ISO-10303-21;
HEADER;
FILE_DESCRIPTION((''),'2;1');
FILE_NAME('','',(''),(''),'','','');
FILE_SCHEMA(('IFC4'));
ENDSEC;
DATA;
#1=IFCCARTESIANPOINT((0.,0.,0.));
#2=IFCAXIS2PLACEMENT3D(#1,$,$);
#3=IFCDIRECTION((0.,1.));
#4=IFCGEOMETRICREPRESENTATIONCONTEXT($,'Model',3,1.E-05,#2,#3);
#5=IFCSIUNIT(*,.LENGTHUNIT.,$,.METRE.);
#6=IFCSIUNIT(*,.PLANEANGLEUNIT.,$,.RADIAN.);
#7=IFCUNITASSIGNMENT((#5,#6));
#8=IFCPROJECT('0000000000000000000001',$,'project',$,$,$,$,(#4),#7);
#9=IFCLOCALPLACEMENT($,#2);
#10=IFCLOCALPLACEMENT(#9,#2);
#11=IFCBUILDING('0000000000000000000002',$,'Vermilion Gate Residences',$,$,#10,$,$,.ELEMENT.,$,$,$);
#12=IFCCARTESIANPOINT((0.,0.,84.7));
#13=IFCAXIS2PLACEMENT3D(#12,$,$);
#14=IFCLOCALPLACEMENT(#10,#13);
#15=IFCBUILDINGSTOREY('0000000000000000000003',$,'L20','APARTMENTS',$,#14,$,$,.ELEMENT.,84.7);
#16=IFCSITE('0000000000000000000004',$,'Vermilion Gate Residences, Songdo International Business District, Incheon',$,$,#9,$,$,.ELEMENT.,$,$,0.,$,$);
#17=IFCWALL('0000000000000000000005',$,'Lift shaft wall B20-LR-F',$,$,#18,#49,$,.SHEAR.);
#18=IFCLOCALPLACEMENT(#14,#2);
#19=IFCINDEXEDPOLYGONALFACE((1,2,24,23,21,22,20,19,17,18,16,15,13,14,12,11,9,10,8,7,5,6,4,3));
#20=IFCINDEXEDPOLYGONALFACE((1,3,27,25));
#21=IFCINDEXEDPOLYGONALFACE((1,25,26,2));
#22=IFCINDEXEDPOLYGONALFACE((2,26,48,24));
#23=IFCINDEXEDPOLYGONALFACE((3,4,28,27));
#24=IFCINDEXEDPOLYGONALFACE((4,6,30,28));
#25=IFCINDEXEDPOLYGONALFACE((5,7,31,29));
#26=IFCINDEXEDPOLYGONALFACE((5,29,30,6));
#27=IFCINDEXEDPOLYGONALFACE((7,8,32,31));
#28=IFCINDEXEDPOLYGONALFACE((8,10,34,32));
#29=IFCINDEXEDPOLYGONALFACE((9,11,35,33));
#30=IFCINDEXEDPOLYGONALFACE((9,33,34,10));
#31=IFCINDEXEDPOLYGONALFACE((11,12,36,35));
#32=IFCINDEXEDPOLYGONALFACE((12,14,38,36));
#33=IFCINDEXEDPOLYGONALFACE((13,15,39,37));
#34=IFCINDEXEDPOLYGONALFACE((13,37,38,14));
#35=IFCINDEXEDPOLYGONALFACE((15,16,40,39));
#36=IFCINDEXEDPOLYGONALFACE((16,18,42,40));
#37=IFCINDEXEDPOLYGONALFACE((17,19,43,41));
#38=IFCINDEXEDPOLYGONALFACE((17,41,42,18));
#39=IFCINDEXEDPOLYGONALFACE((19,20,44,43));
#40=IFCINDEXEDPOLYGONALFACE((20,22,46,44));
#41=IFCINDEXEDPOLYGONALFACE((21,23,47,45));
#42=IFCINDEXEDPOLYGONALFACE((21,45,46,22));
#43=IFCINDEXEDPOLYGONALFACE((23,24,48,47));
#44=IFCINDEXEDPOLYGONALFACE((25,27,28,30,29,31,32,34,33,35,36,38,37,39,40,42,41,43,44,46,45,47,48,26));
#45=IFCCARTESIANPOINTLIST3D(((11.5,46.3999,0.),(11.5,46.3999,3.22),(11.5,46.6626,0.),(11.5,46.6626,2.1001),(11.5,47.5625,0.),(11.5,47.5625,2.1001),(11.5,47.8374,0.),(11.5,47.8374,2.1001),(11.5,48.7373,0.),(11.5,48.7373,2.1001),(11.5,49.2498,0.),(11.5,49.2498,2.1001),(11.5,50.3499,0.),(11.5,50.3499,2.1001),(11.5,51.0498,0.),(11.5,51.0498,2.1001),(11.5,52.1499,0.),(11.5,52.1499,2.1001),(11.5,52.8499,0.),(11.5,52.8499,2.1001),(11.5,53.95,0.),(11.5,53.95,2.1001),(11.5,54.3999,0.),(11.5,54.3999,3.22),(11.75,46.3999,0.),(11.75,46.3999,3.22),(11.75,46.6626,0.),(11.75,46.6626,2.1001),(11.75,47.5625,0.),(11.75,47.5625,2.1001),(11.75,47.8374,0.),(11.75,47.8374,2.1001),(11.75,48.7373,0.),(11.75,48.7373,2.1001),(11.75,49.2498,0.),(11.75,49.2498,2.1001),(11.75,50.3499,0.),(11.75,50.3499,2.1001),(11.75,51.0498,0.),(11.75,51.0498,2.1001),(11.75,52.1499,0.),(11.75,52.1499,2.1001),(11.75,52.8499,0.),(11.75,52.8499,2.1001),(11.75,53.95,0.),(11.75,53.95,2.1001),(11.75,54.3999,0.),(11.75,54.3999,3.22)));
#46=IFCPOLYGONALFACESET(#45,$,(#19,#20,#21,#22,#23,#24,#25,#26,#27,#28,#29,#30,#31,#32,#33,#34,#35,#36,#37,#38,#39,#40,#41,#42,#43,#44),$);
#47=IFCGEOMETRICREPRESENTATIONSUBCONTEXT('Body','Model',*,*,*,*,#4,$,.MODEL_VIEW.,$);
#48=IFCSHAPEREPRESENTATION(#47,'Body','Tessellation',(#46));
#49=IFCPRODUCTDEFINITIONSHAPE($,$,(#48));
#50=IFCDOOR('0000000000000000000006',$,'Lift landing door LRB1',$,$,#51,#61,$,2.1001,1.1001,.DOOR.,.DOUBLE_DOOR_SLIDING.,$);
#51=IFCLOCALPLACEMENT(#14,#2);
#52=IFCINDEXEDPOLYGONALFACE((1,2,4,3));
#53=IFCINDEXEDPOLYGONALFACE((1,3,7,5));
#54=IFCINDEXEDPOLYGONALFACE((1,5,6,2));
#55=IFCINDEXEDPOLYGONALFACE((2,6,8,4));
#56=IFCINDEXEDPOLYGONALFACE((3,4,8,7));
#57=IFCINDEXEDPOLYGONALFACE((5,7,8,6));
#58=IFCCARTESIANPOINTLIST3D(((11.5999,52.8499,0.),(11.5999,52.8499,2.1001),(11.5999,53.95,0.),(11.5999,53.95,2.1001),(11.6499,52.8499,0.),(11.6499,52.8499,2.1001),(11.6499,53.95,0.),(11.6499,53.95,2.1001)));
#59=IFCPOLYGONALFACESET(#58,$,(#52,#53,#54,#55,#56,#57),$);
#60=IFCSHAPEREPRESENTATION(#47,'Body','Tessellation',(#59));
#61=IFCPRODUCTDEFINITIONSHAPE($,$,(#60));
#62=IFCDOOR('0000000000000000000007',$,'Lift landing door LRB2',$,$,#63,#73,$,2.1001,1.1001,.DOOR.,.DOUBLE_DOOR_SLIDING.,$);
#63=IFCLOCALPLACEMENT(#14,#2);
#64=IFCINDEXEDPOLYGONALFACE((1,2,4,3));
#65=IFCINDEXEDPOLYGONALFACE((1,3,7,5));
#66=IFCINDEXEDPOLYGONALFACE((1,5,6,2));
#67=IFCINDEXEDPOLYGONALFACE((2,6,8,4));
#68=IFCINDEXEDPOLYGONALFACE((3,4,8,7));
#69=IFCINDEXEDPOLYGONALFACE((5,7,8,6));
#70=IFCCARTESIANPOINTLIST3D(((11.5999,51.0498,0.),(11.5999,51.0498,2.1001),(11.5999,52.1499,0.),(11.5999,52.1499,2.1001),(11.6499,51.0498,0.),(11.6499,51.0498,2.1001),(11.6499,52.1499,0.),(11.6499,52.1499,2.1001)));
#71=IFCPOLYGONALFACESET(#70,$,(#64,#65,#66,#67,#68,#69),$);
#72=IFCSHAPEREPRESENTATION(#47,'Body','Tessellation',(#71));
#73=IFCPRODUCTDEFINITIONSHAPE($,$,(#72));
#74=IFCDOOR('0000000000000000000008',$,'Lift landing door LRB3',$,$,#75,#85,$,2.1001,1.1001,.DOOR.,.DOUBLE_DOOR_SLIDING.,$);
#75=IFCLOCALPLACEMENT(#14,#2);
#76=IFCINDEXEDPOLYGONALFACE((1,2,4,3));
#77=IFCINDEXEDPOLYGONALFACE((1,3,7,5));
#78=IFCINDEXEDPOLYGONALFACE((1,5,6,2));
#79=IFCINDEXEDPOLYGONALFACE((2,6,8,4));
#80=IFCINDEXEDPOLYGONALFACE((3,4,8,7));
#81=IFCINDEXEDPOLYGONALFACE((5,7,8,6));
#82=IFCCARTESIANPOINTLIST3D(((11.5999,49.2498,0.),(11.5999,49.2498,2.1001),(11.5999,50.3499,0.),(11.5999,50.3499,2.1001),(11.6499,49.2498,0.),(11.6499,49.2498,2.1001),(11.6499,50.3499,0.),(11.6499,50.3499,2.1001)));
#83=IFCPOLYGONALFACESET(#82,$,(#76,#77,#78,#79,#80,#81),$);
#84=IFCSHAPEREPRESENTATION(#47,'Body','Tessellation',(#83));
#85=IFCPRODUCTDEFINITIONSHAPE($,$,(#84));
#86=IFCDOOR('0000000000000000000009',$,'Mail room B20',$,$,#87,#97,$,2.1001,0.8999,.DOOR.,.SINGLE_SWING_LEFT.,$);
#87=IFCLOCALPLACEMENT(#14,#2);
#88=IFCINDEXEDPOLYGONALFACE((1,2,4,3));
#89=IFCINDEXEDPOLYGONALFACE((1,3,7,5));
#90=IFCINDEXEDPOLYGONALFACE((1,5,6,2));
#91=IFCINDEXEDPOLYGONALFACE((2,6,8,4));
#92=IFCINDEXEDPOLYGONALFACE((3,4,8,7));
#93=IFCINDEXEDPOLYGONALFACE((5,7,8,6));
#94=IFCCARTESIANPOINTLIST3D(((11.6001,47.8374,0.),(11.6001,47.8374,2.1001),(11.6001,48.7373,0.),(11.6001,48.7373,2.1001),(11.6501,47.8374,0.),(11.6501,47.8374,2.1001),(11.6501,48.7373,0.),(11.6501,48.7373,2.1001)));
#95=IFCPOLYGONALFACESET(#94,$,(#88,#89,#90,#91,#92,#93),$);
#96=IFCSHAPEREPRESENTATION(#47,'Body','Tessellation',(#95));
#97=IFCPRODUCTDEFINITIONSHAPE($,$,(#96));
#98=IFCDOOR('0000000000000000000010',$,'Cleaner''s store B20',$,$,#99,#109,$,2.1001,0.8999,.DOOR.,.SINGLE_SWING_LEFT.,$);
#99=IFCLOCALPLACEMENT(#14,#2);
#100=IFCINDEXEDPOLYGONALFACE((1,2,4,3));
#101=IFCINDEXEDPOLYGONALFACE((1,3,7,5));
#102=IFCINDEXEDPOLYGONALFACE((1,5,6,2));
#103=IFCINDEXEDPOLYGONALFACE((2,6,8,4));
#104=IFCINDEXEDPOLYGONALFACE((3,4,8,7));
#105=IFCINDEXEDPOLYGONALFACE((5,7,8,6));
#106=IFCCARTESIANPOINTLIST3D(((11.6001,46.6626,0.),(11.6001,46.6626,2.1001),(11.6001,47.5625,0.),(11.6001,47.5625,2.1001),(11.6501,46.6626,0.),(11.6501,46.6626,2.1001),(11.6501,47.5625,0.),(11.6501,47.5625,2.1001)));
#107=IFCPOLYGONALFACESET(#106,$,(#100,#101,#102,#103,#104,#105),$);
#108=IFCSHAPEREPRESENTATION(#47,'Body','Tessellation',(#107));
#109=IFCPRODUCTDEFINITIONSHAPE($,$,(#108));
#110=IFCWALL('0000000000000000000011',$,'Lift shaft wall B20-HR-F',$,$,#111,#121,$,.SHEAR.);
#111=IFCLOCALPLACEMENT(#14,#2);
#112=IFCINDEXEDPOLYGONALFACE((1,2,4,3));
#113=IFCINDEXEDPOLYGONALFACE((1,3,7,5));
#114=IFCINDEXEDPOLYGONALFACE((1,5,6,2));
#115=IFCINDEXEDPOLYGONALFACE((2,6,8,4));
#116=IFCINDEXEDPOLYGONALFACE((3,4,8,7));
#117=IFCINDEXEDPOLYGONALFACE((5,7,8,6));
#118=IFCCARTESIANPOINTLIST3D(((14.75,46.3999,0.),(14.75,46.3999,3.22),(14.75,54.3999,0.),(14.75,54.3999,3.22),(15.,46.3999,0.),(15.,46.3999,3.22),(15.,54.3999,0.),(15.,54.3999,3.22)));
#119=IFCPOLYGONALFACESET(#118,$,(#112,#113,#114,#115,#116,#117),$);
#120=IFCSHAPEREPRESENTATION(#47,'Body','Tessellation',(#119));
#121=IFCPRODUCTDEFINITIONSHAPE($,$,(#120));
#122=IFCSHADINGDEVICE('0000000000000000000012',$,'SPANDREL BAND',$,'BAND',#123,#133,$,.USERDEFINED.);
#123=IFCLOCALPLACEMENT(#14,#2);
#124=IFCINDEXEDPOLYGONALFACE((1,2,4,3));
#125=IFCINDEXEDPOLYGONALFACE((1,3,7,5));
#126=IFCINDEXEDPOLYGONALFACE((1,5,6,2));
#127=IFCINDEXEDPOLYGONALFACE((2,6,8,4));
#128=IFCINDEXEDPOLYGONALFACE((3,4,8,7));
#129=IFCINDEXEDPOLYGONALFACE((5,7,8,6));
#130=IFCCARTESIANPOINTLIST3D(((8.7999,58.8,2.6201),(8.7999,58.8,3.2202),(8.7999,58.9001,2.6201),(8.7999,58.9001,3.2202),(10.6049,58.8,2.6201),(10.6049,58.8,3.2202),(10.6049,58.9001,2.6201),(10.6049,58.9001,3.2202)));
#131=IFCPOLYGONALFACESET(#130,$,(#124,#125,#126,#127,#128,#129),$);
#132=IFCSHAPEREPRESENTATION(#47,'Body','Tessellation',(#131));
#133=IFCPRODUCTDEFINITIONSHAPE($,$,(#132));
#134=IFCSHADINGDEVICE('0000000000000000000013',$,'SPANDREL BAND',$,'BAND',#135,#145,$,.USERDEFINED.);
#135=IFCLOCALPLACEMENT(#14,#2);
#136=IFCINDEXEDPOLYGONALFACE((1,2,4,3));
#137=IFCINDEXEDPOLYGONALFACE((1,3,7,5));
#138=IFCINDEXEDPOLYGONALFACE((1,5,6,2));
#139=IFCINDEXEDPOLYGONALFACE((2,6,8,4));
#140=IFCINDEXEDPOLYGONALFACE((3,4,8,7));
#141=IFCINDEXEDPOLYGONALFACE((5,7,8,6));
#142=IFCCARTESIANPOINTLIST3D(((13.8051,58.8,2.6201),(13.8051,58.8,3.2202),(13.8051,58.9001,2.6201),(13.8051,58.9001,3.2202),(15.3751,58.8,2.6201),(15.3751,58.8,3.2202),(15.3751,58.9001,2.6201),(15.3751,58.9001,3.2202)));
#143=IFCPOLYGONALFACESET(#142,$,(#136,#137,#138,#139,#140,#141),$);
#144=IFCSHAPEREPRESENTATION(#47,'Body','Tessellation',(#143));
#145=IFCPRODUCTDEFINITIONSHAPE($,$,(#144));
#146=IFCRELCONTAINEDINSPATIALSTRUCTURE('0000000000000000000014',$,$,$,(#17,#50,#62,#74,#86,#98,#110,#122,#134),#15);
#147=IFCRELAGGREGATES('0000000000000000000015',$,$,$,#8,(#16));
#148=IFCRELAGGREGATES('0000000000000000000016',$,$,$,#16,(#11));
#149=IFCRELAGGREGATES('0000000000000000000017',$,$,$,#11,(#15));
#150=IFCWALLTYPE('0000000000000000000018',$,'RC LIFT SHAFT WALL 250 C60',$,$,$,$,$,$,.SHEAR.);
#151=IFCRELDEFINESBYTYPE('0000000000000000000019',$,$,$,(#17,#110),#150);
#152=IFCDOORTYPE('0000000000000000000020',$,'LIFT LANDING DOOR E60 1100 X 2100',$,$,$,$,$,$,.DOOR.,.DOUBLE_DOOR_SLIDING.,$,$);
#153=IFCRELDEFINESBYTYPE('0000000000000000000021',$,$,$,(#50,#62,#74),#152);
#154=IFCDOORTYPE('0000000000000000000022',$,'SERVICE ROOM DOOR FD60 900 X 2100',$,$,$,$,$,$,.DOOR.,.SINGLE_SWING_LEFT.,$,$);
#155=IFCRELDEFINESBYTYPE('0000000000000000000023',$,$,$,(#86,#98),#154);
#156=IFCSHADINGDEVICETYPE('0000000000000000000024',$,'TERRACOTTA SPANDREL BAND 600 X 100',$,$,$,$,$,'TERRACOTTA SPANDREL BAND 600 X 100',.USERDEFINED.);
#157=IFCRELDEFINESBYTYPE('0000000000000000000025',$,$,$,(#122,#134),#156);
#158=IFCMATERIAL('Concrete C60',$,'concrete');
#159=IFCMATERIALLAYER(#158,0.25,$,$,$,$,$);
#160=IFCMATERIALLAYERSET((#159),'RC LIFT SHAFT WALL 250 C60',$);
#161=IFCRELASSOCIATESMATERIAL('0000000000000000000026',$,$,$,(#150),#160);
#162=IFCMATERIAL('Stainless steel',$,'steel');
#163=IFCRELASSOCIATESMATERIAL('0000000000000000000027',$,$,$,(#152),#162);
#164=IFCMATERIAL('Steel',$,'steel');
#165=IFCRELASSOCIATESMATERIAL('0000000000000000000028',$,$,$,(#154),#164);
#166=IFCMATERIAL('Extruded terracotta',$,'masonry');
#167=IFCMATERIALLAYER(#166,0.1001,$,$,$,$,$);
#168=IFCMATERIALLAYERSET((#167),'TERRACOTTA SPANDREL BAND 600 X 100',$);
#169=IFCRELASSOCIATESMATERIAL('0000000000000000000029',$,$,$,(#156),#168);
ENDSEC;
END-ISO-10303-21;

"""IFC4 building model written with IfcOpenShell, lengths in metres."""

from ifc_helpers import new_model, si_unit, direction, frame, frame_2d, origin, origin_2d, place, context, subcontext, project, spatial, rectangle, extrude, material, layer, layer_set, type_object, element, fill, save


model = new_model("IFC4")

# Units and contexts
model_context = context("Model", 3, precision=1e-05, world=origin(), true_north=direction((0.0, 1.0)))
body_context = subcontext(model_context, "Body", "Model", "MODEL_VIEW")
ifc_project = project(units=[si_unit("LENGTHUNIT", "METRE"), si_unit("PLANEANGLEUNIT", "RADIAN")], contexts=[model_context])

# Site, building, storey
site_placement = place(None, origin())
site = spatial("IfcSite", under=ifc_project, at=site_placement, Name="Vermilion Gate Residences, Songdo International Business District, Incheon", CompositionType="ELEMENT", RefElevation=0.0)
building_placement = place(site_placement, origin())
building = spatial("IfcBuilding", under=site, at=building_placement, Name="Vermilion Gate Residences", CompositionType="ELEMENT")
storey_placement = place(building_placement, frame((0.0, 0.0, 84.7)))
storey = spatial("IfcBuildingStorey", under=building, at=storey_placement, Name="L20", Description="APARTMENTS", CompositionType="ELEMENT", Elevation=84.7)

# Wall, openings, doors
ifc_material_1 = material(Name="Concrete C60", Category="concrete")
ifc_layer_1 = layer(ifc_material_1, 0.25)
ifc_layer_set_1 = layer_set([ifc_layer_1], Name="RC LIFT SHAFT WALL 250 C60")
wall_type_1 = type_object("IfcWallType", Name="RC LIFT SHAFT WALL 250 C60", PredefinedType="SHEAR", material=ifc_layer_set_1)
wall_1_placement = place(storey_placement, frame((11.625, 54.3999, 0.0), z_axis=(0.0, 0.0, 1.0), x_axis=(0.0, -1.0, 0.0)))
wall_1 = element("IfcWall", 1, at=wall_1_placement, inside=storey, type_object=wall_type_1, Name="Lift shaft wall B20-LR-F", PredefinedType="SHEAR", context=body_context, shape_type="SweptSolid", body=[
    extrude(rectangle(XDim=8.0, YDim=0.25, at=frame_2d((4.0, 0.0))), origin(), (0.0, 0.0, 1.0), 3.22),
])
opening_1_placement = place(wall_1_placement, frame((0.45, 0.0, 0.0)))
opening_1 = element("IfcOpeningElement", 2, at=opening_1_placement, cuts=wall_1, PredefinedType="OPENING", context=body_context, shape_type="SweptSolid", body=[
    extrude(rectangle(XDim=1.1001, YDim=2.1001, at=frame_2d((0.55, 1.05))), frame((0.0, 0.135, 0.0), z_axis=(0.0, -1.0, 0.0), x_axis=(1.0, 0.0, 0.0)), (0.0, 0.0, 1.0), 0.27),
])
opening_2_placement = place(wall_1_placement, frame((2.25, 0.0, 0.0)))
opening_2 = element("IfcOpeningElement", 3, at=opening_2_placement, cuts=wall_1, PredefinedType="OPENING", context=body_context, shape_type="SweptSolid", body=[
    extrude(rectangle(XDim=1.1001, YDim=2.1001, at=frame_2d((0.55, 1.05))), frame((0.0, 0.135, 0.0), z_axis=(0.0, -1.0, 0.0), x_axis=(1.0, 0.0, 0.0)), (0.0, 0.0, 1.0), 0.27),
])
opening_3_placement = place(wall_1_placement, frame((4.05, 0.0, 0.0)))
opening_3 = element("IfcOpeningElement", 4, at=opening_3_placement, cuts=wall_1, PredefinedType="OPENING", context=body_context, shape_type="SweptSolid", body=[
    extrude(rectangle(XDim=1.1001, YDim=2.1001, at=frame_2d((0.55, 1.05))), frame((0.0, 0.135, 0.0), z_axis=(0.0, -1.0, 0.0), x_axis=(1.0, 0.0, 0.0)), (0.0, 0.0, 1.0), 0.27),
])
opening_4_placement = place(wall_1_placement, frame((5.6626, 0.0, 0.0)))
opening_4 = element("IfcOpeningElement", 5, at=opening_4_placement, cuts=wall_1, PredefinedType="OPENING", context=body_context, shape_type="SweptSolid", body=[
    extrude(rectangle(XDim=0.8999, YDim=2.1001, at=frame_2d((0.45, 1.05))), frame((0.0, 0.135, 0.0), z_axis=(0.0, -1.0, 0.0), x_axis=(1.0, 0.0, 0.0)), (0.0, 0.0, 1.0), 0.27),
])
opening_5_placement = place(wall_1_placement, frame((6.8374, 0.0, 0.0)))
opening_5 = element("IfcOpeningElement", 6, at=opening_5_placement, cuts=wall_1, PredefinedType="OPENING", context=body_context, shape_type="SweptSolid", body=[
    extrude(rectangle(XDim=0.8999, YDim=2.1001, at=frame_2d((0.45, 1.05))), frame((0.0, 0.135, 0.0), z_axis=(0.0, -1.0, 0.0), x_axis=(1.0, 0.0, 0.0)), (0.0, 0.0, 1.0), 0.27),
])
ifc_material_2 = material(Name="Stainless steel", Category="steel")
door_type_1 = type_object("IfcDoorType", Name="LIFT LANDING DOOR E60 1100 X 2100", OperationType="DOUBLE_DOOR_SLIDING", PredefinedType="DOOR", material=ifc_material_2)
door_1_placement = place(opening_1_placement, origin())
door_1 = element("IfcDoor", 7, at=door_1_placement, inside=storey, type_object=door_type_1, Name="Lift landing door LRB1", OperationType="DOUBLE_DOOR_SLIDING", OverallHeight=2.1001, OverallWidth=1.1001, PredefinedType="DOOR", context=body_context, shape_type="SweptSolid", body=[
    extrude(rectangle(XDim=1.1001, YDim=2.1001, at=frame_2d((0.55, 1.05))), frame((0.0, 0.0249, 0.0), z_axis=(0.0, -1.0, 0.0), x_axis=(1.0, 0.0, 0.0)), (0.0, 0.0, 1.0), 0.05),
])
fill(opening_1, door_1)
door_2_placement = place(opening_2_placement, origin())
door_2 = element("IfcDoor", 8, at=door_2_placement, inside=storey, type_object=door_type_1, Name="Lift landing door LRB2", OperationType="DOUBLE_DOOR_SLIDING", OverallHeight=2.1001, OverallWidth=1.1001, PredefinedType="DOOR", context=body_context, shape_type="SweptSolid", body=[
    extrude(rectangle(XDim=1.1001, YDim=2.1001, at=frame_2d((0.55, 1.05))), frame((0.0, 0.0249, 0.0), z_axis=(0.0, -1.0, 0.0), x_axis=(1.0, 0.0, 0.0)), (0.0, 0.0, 1.0), 0.05),
])
fill(opening_2, door_2)
door_3_placement = place(opening_3_placement, origin())
door_3 = element("IfcDoor", 9, at=door_3_placement, inside=storey, type_object=door_type_1, Name="Lift landing door LRB3", OperationType="DOUBLE_DOOR_SLIDING", OverallHeight=2.1001, OverallWidth=1.1001, PredefinedType="DOOR", context=body_context, shape_type="SweptSolid", body=[
    extrude(rectangle(XDim=1.1001, YDim=2.1001, at=frame_2d((0.55, 1.05))), frame((0.0, 0.0249, 0.0), z_axis=(0.0, -1.0, 0.0), x_axis=(1.0, 0.0, 0.0)), (0.0, 0.0, 1.0), 0.05),
])
fill(opening_3, door_3)
ifc_material_3 = material(Name="Steel", Category="steel")
door_type_2 = type_object("IfcDoorType", Name="SERVICE ROOM DOOR FD60 900 X 2100", OperationType="SINGLE_SWING_LEFT", PredefinedType="DOOR", material=ifc_material_3)
door_4_placement = place(opening_4_placement, frame((0.8999, 0.0, 0.0), z_axis=(0.0, 0.0, 1.0), x_axis=(-1.0, 0.0, 0.0)))
door_4 = element("IfcDoor", 10, at=door_4_placement, inside=storey, type_object=door_type_2, Name="Mail room B20", OperationType="SINGLE_SWING_LEFT", OverallHeight=2.1001, OverallWidth=0.8999, PredefinedType="DOOR", context=body_context, shape_type="SweptSolid", body=[
    extrude(rectangle(XDim=0.8999, YDim=2.1001, at=frame_2d((0.45, 1.05))), frame((0.0, 0.0249, 0.0), z_axis=(0.0, -1.0, 0.0), x_axis=(1.0, 0.0, 0.0)), (0.0, 0.0, 1.0), 0.05),
])
fill(opening_4, door_4)
door_5_placement = place(opening_5_placement, frame((0.8999, 0.0, 0.0), z_axis=(0.0, 0.0, 1.0), x_axis=(-1.0, 0.0, 0.0)))
door_5 = element("IfcDoor", 11, at=door_5_placement, inside=storey, type_object=door_type_2, Name="Cleaner's store B20", OperationType="SINGLE_SWING_LEFT", OverallHeight=2.1001, OverallWidth=0.8999, PredefinedType="DOOR", context=body_context, shape_type="SweptSolid", body=[
    extrude(rectangle(XDim=0.8999, YDim=2.1001, at=frame_2d((0.45, 1.05))), frame((0.0, 0.0249, 0.0), z_axis=(0.0, -1.0, 0.0), x_axis=(1.0, 0.0, 0.0)), (0.0, 0.0, 1.0), 0.05),
])
fill(opening_5, door_5)

# Wall
wall_2_placement = place(storey_placement, frame((14.875, 54.3999, 0.0), z_axis=(0.0, 0.0, 1.0), x_axis=(0.0, -1.0, 0.0)))
element("IfcWall", 12, at=wall_2_placement, inside=storey, type_object=wall_type_1, Name="Lift shaft wall B20-HR-F", PredefinedType="SHEAR", context=body_context, shape_type="SweptSolid", body=[
    extrude(rectangle(XDim=8.0, YDim=0.25, at=frame_2d((4.0, 0.0))), origin(), (0.0, 0.0, 1.0), 3.22),
])

# Shading devices
ifc_material_4 = material(Name="Extruded terracotta", Category="masonry")
ifc_layer_2 = layer(ifc_material_4, 0.1001)
ifc_layer_set_2 = layer_set([ifc_layer_2], Name="TERRACOTTA SPANDREL BAND 600 X 100")
shading_device_type = type_object("IfcShadingDeviceType", Name="TERRACOTTA SPANDREL BAND 600 X 100", ElementType="TERRACOTTA SPANDREL BAND 600 X 100", PredefinedType="USERDEFINED", material=ifc_layer_set_2)
shading_device_1_placement = place(storey_placement, frame((9.7024, 58.8501, 2.6201), z_axis=(0.0, 0.0, 1.0), x_axis=(1.0, 0.0, 0.0)))
element("IfcShadingDevice", 13, at=shading_device_1_placement, inside=storey, type_object=shading_device_type, Name="SPANDREL BAND", ObjectType="BAND", PredefinedType="USERDEFINED", context=body_context, shape_type="SweptSolid", body=[
    extrude(rectangle(XDim=1.8049, YDim=0.1001, at=origin_2d()), origin(), (0.0, 0.0, 1.0), 0.6001),
])
shading_device_2_placement = place(storey_placement, frame((14.5901, 58.8501, 2.6201), z_axis=(0.0, 0.0, 1.0), x_axis=(1.0, 0.0, 0.0)))
element("IfcShadingDevice", 14, at=shading_device_2_placement, inside=storey, type_object=shading_device_type, Name="SPANDREL BAND", ObjectType="BAND", PredefinedType="USERDEFINED", context=body_context, shape_type="SweptSolid", body=[
    extrude(rectangle(XDim=1.5701, YDim=0.1001, at=origin_2d()), origin(), (0.0, 0.0, 1.0), 0.6001),
])

save(model, "model.ifc")
